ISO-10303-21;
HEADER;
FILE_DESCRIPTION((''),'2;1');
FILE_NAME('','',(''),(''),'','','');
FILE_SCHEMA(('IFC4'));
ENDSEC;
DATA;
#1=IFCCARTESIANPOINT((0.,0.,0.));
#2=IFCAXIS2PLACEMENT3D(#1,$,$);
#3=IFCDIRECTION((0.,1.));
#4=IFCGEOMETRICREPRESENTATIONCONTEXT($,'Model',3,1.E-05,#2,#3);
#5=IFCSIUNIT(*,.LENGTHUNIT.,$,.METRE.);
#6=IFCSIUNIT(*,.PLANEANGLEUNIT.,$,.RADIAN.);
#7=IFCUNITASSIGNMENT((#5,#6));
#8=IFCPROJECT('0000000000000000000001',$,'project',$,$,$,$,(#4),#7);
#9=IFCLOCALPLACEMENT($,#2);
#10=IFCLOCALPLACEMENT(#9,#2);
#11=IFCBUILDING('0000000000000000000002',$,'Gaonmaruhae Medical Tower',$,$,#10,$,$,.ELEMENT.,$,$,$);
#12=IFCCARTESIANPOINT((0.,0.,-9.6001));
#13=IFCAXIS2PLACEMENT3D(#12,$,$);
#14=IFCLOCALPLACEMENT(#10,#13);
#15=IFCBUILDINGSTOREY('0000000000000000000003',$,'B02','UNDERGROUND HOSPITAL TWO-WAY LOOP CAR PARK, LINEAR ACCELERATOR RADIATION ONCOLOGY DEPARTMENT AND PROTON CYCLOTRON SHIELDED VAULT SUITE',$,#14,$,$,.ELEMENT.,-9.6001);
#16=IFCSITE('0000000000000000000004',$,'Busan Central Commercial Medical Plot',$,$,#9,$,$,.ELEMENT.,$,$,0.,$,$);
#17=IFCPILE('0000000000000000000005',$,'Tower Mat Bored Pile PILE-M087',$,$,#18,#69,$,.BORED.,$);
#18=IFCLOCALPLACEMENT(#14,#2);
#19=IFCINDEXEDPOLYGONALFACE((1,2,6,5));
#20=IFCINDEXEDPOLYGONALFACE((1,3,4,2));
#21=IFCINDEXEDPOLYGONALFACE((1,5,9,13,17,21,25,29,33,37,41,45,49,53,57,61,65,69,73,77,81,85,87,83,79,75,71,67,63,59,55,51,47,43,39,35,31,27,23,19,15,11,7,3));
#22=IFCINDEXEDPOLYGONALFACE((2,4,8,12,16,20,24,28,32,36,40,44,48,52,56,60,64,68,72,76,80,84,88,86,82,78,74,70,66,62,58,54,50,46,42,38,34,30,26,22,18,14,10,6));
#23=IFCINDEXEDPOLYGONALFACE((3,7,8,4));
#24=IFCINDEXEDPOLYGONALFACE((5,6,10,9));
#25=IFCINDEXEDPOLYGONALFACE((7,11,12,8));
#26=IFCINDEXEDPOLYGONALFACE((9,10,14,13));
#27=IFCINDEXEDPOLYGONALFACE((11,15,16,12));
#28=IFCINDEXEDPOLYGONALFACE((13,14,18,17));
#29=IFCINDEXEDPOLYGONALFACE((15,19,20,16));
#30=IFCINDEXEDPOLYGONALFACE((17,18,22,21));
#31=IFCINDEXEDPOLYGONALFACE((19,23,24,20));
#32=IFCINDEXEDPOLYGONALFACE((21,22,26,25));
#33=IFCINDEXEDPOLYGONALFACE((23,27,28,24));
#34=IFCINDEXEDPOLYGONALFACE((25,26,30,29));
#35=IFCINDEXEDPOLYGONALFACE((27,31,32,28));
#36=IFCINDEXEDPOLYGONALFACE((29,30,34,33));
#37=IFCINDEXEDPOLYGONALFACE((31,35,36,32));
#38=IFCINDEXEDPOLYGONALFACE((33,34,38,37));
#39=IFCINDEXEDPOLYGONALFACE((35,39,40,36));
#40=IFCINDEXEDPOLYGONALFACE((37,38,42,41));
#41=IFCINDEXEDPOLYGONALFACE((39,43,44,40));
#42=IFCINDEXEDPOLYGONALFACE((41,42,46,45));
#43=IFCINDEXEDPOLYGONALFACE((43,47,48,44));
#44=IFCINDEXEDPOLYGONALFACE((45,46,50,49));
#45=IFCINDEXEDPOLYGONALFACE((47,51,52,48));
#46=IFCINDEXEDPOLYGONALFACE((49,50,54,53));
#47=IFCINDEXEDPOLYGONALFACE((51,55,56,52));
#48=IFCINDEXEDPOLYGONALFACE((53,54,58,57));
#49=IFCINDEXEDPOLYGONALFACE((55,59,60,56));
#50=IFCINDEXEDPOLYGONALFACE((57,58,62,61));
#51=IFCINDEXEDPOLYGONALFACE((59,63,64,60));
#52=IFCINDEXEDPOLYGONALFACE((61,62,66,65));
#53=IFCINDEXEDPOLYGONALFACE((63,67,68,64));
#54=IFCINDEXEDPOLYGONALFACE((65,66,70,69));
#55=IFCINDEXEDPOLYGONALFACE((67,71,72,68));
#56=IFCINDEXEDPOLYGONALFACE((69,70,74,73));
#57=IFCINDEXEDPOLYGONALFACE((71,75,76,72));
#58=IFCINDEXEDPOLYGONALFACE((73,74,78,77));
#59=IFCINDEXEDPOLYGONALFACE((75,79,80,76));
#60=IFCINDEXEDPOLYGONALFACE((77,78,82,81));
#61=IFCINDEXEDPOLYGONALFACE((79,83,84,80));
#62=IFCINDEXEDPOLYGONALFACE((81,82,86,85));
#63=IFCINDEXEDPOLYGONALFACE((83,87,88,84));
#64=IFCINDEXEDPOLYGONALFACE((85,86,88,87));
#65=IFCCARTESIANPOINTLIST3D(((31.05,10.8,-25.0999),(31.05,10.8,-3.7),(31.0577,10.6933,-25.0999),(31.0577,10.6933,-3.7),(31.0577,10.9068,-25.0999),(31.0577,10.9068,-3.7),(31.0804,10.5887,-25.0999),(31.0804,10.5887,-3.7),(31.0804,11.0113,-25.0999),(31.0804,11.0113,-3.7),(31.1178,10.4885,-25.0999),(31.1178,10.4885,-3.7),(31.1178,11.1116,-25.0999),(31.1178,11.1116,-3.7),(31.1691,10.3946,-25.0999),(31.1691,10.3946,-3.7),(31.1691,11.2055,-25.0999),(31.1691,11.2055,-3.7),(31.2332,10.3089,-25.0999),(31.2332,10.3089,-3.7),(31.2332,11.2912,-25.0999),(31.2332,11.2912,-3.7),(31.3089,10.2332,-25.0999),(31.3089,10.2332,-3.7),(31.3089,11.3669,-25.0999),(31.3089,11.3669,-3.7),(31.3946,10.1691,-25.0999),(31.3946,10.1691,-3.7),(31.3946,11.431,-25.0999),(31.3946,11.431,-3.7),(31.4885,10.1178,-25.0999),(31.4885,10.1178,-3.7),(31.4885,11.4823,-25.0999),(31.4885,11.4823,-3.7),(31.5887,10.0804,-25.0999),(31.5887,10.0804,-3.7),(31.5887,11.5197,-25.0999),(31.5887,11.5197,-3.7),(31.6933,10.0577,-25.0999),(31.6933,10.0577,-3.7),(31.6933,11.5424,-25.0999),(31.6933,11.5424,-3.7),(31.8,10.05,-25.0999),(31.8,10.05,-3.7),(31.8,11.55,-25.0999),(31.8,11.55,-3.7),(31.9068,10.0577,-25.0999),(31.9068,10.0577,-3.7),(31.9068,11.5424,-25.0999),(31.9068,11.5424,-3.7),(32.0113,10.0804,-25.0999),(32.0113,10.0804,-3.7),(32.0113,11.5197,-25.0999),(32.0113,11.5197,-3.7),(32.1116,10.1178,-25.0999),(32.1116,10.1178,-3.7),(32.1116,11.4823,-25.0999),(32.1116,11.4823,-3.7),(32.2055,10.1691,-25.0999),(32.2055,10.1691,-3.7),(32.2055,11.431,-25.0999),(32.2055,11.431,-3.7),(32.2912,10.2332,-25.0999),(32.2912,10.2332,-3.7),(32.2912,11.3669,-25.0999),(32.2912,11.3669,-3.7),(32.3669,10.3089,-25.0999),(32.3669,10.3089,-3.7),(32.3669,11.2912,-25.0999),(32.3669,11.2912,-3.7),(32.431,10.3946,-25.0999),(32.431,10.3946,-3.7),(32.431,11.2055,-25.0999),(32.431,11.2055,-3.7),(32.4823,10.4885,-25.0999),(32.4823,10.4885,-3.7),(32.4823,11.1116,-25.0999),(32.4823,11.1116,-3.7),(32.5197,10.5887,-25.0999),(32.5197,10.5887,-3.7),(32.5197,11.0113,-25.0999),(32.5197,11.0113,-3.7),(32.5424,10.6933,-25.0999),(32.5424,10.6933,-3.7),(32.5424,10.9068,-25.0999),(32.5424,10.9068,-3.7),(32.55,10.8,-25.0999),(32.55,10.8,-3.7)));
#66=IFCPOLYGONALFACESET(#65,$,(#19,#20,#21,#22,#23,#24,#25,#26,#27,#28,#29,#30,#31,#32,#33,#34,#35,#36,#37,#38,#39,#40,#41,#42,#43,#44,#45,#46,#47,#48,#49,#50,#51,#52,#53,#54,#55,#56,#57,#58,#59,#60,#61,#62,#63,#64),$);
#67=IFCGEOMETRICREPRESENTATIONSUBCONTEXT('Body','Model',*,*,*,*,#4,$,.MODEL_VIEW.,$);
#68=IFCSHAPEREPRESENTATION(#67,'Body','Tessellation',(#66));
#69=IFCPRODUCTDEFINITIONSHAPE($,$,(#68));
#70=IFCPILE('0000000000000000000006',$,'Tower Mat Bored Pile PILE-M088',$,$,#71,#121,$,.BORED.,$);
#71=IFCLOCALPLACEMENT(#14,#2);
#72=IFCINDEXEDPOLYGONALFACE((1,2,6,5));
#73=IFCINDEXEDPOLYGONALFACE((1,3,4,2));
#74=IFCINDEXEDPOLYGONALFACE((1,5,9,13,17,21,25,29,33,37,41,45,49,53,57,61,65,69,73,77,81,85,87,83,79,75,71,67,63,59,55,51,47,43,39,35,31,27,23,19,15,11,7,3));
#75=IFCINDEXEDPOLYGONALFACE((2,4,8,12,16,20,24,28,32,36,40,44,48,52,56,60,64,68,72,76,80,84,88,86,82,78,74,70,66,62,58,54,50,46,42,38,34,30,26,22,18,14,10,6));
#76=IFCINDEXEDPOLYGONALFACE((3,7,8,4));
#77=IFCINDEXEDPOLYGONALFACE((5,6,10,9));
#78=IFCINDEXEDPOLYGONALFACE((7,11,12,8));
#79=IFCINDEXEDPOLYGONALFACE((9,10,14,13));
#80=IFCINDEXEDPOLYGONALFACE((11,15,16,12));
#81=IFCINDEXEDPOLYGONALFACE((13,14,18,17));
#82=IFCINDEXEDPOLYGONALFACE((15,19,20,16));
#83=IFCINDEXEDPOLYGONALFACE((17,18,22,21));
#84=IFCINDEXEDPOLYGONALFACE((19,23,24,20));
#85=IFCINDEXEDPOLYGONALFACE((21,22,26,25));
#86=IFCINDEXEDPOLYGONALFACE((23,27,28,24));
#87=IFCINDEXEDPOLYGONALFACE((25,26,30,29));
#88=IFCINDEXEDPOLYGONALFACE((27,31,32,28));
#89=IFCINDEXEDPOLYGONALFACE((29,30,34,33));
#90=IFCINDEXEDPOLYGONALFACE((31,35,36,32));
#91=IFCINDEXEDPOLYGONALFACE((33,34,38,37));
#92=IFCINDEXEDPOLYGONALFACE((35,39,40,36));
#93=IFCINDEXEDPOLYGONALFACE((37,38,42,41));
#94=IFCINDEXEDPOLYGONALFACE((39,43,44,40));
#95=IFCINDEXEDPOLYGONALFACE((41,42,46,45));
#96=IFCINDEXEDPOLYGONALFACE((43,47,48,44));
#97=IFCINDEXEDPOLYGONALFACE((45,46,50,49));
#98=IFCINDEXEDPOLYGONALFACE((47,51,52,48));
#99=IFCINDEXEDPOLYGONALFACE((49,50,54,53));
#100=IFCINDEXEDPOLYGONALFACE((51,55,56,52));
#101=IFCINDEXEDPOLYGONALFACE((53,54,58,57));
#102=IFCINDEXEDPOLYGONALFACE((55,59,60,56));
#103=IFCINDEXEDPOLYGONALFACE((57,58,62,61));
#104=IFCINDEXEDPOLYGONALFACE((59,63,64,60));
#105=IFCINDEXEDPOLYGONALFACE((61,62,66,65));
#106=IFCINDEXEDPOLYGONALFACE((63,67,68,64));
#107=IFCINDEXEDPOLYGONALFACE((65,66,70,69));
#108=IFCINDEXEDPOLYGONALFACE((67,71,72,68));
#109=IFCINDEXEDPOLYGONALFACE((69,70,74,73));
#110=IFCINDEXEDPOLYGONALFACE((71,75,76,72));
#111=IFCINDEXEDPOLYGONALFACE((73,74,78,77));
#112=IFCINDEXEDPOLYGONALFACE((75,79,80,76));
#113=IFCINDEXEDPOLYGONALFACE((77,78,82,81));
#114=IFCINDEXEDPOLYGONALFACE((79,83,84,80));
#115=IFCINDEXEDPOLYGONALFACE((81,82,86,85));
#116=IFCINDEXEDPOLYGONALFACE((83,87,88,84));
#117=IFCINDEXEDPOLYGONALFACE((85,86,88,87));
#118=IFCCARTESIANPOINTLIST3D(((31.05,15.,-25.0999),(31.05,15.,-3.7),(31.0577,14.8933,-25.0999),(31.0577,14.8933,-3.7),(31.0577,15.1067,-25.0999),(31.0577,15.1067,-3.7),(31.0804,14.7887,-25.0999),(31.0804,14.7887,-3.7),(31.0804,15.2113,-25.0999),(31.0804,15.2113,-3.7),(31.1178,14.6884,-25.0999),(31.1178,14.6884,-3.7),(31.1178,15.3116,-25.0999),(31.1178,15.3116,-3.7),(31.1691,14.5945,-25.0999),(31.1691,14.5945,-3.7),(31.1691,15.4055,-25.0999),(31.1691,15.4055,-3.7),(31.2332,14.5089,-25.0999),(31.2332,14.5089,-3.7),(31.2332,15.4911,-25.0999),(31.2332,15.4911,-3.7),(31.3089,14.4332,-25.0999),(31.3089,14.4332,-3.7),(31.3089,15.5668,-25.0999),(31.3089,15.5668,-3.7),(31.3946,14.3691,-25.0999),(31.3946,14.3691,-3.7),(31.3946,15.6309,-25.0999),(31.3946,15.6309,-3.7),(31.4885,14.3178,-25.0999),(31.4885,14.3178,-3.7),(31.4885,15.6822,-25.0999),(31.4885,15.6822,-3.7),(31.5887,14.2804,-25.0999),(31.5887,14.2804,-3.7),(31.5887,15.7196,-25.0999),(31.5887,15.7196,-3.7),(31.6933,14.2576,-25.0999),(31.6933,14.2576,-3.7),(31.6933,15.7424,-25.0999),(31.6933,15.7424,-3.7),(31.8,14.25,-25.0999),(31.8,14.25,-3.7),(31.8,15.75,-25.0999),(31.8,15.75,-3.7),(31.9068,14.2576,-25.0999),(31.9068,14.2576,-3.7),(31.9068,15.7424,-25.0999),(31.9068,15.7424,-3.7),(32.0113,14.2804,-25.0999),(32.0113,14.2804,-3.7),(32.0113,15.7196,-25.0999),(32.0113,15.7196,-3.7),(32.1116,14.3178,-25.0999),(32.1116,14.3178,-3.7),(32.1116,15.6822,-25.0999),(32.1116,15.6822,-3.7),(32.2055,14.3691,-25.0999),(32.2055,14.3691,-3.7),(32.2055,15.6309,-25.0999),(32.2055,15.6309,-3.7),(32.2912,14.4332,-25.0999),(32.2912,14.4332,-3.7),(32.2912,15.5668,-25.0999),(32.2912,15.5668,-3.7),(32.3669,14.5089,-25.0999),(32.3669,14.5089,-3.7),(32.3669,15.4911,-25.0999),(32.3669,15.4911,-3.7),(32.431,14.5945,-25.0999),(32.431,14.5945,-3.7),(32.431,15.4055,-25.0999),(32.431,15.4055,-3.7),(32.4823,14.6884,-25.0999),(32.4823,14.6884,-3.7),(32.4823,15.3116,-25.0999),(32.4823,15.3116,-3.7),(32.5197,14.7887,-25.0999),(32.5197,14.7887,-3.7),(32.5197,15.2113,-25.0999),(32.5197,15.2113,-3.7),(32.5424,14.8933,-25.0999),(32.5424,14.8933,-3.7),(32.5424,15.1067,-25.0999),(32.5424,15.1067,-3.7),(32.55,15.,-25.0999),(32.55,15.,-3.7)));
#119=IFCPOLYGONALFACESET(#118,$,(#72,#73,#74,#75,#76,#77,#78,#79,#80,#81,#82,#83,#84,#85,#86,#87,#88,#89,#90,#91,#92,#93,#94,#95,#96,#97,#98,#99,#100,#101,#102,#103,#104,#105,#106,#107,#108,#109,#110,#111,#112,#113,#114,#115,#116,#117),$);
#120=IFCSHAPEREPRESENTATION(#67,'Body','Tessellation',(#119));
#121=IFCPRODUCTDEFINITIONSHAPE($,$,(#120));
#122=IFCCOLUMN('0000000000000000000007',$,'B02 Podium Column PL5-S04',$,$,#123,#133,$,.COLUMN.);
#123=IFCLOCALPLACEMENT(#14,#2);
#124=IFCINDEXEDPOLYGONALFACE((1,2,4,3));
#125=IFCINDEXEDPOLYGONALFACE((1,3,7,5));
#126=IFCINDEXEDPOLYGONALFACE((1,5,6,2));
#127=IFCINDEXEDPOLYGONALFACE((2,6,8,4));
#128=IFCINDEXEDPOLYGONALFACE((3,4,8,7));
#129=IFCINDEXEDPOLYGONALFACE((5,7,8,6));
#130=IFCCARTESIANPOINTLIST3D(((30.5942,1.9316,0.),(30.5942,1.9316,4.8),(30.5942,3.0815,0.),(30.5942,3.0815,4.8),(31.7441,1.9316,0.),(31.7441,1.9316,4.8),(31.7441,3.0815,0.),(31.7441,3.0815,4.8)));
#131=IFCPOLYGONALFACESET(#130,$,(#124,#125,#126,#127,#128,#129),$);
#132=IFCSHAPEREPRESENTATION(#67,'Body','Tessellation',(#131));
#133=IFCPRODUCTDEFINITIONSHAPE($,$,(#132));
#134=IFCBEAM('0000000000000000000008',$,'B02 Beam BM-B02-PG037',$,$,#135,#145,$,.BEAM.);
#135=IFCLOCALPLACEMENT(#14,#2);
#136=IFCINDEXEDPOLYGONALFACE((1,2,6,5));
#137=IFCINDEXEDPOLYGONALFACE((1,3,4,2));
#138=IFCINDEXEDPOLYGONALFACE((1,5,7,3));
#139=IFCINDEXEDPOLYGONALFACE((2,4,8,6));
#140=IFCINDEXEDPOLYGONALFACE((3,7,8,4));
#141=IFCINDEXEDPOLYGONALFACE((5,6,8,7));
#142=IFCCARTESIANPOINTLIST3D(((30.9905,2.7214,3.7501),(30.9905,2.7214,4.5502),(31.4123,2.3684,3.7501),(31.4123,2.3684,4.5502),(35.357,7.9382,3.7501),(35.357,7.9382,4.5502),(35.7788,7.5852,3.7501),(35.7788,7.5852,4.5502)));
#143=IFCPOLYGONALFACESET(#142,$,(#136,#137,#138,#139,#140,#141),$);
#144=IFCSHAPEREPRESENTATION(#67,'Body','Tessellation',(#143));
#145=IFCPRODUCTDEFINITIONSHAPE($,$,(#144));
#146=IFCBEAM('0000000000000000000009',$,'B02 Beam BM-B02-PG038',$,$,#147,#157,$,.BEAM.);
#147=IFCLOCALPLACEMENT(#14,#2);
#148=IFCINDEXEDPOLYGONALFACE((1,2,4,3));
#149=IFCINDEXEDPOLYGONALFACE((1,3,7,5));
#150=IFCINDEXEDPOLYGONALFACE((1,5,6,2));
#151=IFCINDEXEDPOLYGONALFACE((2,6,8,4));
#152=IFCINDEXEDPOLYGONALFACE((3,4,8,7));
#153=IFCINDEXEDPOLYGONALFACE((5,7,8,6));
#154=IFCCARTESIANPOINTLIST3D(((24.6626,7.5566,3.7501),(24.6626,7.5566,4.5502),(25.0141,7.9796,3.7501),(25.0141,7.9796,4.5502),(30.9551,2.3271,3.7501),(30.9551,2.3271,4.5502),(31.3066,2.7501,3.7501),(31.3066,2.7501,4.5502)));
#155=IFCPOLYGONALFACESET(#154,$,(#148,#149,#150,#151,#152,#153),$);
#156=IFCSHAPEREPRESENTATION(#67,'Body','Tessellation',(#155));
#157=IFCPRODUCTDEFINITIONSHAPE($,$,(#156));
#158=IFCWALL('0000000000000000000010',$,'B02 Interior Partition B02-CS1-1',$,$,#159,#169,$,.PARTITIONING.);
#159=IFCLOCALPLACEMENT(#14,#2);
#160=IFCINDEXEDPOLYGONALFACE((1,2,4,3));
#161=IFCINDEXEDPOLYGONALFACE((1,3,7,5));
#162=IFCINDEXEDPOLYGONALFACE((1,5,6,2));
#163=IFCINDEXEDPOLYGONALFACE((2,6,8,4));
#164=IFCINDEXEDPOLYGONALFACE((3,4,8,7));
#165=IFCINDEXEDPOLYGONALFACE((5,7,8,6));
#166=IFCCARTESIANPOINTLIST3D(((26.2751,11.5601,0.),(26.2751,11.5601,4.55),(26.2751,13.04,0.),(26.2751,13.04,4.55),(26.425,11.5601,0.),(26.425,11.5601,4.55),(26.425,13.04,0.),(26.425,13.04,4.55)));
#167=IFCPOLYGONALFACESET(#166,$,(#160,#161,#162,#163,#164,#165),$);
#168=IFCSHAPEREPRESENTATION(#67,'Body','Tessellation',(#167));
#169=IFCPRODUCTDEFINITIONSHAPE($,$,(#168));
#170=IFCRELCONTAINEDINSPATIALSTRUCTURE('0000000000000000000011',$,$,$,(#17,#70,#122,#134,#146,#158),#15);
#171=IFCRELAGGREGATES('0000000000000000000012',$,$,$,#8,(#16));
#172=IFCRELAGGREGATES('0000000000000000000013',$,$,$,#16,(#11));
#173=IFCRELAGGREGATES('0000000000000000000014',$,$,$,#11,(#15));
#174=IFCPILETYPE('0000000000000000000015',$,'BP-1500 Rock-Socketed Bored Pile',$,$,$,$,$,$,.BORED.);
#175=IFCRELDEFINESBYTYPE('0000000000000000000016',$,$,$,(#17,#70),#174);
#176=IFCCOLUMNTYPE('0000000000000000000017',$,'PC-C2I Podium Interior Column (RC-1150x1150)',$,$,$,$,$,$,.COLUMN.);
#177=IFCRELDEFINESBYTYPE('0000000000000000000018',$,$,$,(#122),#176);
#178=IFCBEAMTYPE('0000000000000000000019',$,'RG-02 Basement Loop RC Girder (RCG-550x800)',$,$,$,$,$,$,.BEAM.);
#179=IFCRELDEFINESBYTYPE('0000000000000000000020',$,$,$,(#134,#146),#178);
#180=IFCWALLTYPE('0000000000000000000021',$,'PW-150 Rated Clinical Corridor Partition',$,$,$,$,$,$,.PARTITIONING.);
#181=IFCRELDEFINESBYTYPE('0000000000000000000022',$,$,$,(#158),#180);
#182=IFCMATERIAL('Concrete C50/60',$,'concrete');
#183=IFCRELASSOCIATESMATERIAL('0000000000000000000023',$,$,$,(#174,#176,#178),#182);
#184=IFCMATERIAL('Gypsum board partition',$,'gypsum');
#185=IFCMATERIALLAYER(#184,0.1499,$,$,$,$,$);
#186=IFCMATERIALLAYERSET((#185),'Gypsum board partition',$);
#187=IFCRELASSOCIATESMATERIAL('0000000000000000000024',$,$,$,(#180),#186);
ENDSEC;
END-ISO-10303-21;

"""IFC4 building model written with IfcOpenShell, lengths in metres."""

from ifc_helpers import new_model, si_unit, direction, frame, frame_2d, origin, origin_2d, place, context, subcontext, project, spatial, rectangle, circle, extrude, material, layer, layer_set, material_profile, profile_set, type_object, element, save


model = new_model("IFC4")

# Units and contexts
model_context = context("Model", 3, precision=1e-05, world=origin(), true_north=direction((0.0, 1.0)))
body_context = subcontext(model_context, "Body", "Model", "MODEL_VIEW")
ifc_project = project(units=[si_unit("LENGTHUNIT", "METRE"), si_unit("PLANEANGLEUNIT", "RADIAN")], contexts=[model_context])

# Site, building, storey
site_placement = place(None, origin())
site = spatial("IfcSite", under=ifc_project, at=site_placement, Name="Busan Central Commercial Medical Plot", CompositionType="ELEMENT", RefElevation=0.0)
building_placement = place(site_placement, origin())
building = spatial("IfcBuilding", under=site, at=building_placement, Name="Gaonmaruhae Medical Tower", CompositionType="ELEMENT")
storey_placement = place(building_placement, frame((0.0, 0.0, -9.6001)))
storey = spatial("IfcBuildingStorey", under=building, at=storey_placement, Name="B02", Description="UNDERGROUND HOSPITAL TWO-WAY LOOP CAR PARK, LINEAR ACCELERATOR RADIATION ONCOLOGY DEPARTMENT AND PROTON CYCLOTRON SHIELDED VAULT SUITE", CompositionType="ELEMENT", Elevation=-9.6001)

# Piles
ifc_material_1 = material(Name="Concrete C50/60", Category="concrete")
ifc_material_profile_1 = material_profile(ifc_material_1, circle(Radius=0.75, at=origin_2d()), Name="PILE-D1500")
ifc_profile_set_1 = profile_set([ifc_material_profile_1], Name="Concrete C50/60")
pile_type = type_object("IfcPileType", Name="BP-1500 Rock-Socketed Bored Pile", PredefinedType="BORED", material=ifc_profile_set_1)
for number, where, z_axis, x_axis, name in (
    (1, (31.8, 10.8, -3.7), (0.0, 0.0, -1.0), (1.0, 0.0, 0.0), "Tower Mat Bored Pile PILE-M087"),
    (2, (31.8, 15.0, -3.7), (0.0, 0.0, -1.0), (1.0, 0.0, 0.0), "Tower Mat Bored Pile PILE-M088"),
):
    element("IfcPile", number, at=place(storey_placement, frame(where, z_axis=z_axis, x_axis=x_axis)), inside=storey, type_object=pile_type, Name=name, PredefinedType="BORED", context=body_context, shape_type="SweptSolid", body=[
        extrude(circle(Radius=0.75, at=origin_2d()), origin(), (0.0, 0.0, 1.0), 21.3999),
    ])

# Column
ifc_material_profile_2 = material_profile(ifc_material_1, rectangle(XDim=1.1499, YDim=1.1499, at=origin_2d()), Name="RC-1150x1150")
ifc_profile_set_2 = profile_set([ifc_material_profile_2], Name="Concrete C50/60")
column_type = type_object("IfcColumnType", Name="PC-C2I Podium Interior Column (RC-1150x1150)", PredefinedType="COLUMN", material=ifc_profile_set_2)
column_placement = place(storey_placement, frame((31.1692, 2.5066, 0.0), z_axis=(0.0, 0.0, 1.0), x_axis=(1.0, 0.0, 0.0)))
element("IfcColumn", 3, at=column_placement, inside=storey, type_object=column_type, Name="B02 Podium Column PL5-S04", PredefinedType="COLUMN", context=body_context, shape_type="SweptSolid", body=[
    extrude(rectangle(XDim=1.1499, YDim=1.1499, at=origin_2d()), origin(), (0.0, 0.0, 1.0), 4.8),
])

# Beams
ifc_material_profile_3 = material_profile(ifc_material_1, rectangle(XDim=0.55, YDim=0.8, at=origin_2d()), Name="RCG-550x800")
ifc_profile_set_3 = profile_set([ifc_material_profile_3], Name="Concrete C50/60")
beam_type = type_object("IfcBeamType", Name="RG-02 Basement Loop RC Girder (RCG-550x800)", PredefinedType="BEAM", material=ifc_profile_set_3)
beam_1_placement = place(storey_placement, frame((31.2014, 2.5449, 4.1501), z_axis=(0.641842, 0.766837, 0.0), x_axis=(-0.766837, 0.641842, 0.0)))
element("IfcBeam", 4, at=beam_1_placement, inside=storey, type_object=beam_type, Name="B02 Beam BM-B02-PG037", PredefinedType="BEAM", context=body_context, shape_type="SweptSolid", body=[
    extrude(rectangle(XDim=0.55, YDim=0.8, at=origin_2d()), origin(), (0.0, 0.0, 1.0), 6.803),
])
beam_2_placement = place(storey_placement, frame((31.1309, 2.5386, 4.1501), z_axis=(-0.769077, 0.639157, 0.0), x_axis=(-0.639157, -0.769077, 0.0)))
element("IfcBeam", 5, at=beam_2_placement, inside=storey, type_object=beam_type, Name="B02 Beam BM-B02-PG038", PredefinedType="BEAM", context=body_context, shape_type="SweptSolid", body=[
    extrude(rectangle(XDim=0.55, YDim=0.8, at=origin_2d()), origin(), (0.0, 0.0, 1.0), 8.1819),
])

# Wall
ifc_material_2 = material(Name="Gypsum board partition", Category="gypsum")
ifc_layer_1 = layer(ifc_material_2, 0.1499)
ifc_layer_set_1 = layer_set([ifc_layer_1], Name="Gypsum board partition")
wall_type_1 = type_object("IfcWallType", Name="PW-150 Rated Clinical Corridor Partition", PredefinedType="PARTITIONING", material=ifc_layer_set_1)
wall_1_placement = place(storey_placement, frame((26.3501, 11.5601, 0.0), z_axis=(0.0, 0.0, 1.0), x_axis=(0.0, 1.0, 0.0)))
element("IfcWall", 6, at=wall_1_placement, inside=storey, type_object=wall_type_1, Name="B02 Interior Partition B02-CS1-1", PredefinedType="PARTITIONING", context=body_context, shape_type="SweptSolid", body=[
    extrude(rectangle(XDim=1.48, YDim=0.1499, at=frame_2d((0.74, 0.0))), origin(), (0.0, 0.0, 1.0), 4.55),
])

save(model, "model.ifc")
